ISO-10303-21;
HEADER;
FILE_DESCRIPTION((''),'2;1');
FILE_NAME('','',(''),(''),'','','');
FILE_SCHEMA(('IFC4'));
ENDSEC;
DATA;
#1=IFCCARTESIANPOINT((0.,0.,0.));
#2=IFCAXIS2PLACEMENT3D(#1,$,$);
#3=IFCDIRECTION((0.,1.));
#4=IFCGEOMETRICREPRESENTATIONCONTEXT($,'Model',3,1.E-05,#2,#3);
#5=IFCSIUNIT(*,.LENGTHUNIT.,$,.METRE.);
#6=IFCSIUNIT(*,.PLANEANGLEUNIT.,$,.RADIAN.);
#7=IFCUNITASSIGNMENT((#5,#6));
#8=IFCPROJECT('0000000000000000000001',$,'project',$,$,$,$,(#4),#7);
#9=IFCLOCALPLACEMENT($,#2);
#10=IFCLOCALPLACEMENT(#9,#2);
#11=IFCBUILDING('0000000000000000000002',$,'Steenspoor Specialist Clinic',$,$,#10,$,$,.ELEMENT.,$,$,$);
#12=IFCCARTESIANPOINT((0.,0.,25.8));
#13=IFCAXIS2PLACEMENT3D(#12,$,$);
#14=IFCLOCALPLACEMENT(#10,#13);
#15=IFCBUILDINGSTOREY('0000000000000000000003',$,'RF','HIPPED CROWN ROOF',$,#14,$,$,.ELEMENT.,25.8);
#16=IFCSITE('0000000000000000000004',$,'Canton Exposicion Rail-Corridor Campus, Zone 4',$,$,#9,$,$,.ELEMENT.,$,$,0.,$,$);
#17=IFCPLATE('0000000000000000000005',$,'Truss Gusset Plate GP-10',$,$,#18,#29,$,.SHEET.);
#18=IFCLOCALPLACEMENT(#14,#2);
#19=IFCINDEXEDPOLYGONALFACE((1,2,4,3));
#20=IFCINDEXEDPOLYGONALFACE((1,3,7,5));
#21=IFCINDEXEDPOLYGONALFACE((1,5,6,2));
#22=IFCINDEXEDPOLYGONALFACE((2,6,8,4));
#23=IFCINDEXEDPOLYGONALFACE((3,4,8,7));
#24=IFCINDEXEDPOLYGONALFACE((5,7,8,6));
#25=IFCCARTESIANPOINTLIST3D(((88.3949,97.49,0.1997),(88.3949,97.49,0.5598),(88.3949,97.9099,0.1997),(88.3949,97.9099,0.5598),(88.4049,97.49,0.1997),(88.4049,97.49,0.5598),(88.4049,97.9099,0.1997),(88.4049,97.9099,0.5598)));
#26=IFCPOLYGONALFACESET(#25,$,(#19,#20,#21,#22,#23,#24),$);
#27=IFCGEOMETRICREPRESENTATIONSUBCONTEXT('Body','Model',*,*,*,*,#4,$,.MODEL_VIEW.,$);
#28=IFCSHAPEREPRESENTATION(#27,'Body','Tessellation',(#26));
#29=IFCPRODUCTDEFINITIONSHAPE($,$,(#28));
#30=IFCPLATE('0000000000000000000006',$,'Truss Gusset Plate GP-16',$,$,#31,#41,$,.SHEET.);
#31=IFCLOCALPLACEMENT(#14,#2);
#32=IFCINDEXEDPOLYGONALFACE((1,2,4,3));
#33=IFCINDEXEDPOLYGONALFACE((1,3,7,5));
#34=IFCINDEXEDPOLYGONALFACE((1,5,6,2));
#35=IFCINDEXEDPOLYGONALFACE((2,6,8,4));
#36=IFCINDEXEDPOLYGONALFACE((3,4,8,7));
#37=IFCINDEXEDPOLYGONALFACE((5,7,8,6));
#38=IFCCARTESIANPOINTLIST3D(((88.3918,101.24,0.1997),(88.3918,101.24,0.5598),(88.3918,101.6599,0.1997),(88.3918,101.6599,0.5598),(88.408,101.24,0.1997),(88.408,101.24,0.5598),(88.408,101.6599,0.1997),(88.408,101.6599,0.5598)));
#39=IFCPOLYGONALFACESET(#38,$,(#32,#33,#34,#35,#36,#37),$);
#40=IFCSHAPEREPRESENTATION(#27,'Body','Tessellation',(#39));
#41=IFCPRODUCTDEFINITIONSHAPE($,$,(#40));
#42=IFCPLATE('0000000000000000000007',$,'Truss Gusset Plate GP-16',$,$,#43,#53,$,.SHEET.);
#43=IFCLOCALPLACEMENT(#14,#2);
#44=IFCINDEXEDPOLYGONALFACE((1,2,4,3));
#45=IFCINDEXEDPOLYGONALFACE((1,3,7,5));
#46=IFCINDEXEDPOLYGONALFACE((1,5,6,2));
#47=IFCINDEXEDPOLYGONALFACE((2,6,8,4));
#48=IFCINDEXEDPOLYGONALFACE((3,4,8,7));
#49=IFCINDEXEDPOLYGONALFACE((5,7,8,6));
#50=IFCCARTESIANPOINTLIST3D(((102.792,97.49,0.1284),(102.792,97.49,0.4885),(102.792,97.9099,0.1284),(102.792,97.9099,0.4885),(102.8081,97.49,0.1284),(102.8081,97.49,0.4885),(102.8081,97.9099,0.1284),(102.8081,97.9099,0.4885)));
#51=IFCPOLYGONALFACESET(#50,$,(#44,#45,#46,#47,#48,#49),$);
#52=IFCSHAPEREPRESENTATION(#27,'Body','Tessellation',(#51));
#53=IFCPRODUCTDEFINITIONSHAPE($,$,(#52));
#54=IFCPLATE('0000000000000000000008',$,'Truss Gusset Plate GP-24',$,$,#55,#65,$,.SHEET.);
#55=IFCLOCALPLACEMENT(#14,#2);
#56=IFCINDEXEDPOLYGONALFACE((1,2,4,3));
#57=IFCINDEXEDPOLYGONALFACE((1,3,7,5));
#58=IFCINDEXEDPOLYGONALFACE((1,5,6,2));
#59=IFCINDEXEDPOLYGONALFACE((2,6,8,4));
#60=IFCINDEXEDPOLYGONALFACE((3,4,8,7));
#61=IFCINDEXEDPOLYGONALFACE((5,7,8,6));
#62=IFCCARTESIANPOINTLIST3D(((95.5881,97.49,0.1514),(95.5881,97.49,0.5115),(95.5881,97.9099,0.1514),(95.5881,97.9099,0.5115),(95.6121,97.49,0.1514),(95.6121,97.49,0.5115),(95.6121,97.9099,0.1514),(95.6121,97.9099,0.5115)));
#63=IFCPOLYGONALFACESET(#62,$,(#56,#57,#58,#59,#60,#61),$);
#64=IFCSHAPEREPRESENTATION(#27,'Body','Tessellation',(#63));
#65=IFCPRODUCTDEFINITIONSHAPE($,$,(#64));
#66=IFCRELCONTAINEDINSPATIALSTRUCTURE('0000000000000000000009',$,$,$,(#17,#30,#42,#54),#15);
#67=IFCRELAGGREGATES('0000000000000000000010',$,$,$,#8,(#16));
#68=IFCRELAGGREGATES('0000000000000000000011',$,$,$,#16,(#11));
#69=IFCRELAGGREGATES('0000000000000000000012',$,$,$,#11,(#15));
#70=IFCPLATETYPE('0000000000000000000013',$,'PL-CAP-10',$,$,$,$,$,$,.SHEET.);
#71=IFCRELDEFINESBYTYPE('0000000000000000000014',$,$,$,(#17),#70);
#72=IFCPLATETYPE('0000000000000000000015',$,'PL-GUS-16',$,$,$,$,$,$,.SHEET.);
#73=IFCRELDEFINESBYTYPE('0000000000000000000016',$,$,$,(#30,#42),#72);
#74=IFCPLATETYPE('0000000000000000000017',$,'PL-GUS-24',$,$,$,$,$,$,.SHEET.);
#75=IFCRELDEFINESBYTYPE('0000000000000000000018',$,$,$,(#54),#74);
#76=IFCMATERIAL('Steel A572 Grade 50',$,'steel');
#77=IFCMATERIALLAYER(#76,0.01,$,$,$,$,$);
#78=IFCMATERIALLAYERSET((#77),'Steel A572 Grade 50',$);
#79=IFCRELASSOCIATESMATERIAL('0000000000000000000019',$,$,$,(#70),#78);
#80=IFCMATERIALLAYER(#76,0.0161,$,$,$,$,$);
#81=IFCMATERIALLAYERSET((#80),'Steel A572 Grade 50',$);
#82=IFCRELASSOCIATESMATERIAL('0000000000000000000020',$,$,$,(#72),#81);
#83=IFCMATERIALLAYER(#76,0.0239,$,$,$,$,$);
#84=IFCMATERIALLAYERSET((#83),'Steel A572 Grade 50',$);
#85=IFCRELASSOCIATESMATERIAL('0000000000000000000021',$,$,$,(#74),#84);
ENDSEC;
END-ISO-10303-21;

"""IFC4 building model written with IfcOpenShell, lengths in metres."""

from ifc_helpers import new_model, si_unit, direction, frame, origin, origin_2d, place, context, subcontext, project, spatial, rectangle, extrude, material, layer, layer_set, type_object, element, save


model = new_model("IFC4")

# Units and contexts
model_context = context("Model", 3, precision=1e-05, world=origin(), true_north=direction((0.0, 1.0)))
body_context = subcontext(model_context, "Body", "Model", "MODEL_VIEW")
ifc_project = project(units=[si_unit("LENGTHUNIT", "METRE"), si_unit("PLANEANGLEUNIT", "RADIAN")], contexts=[model_context])

# Site, building, storey
site_placement = place(None, origin())
site = spatial("IfcSite", under=ifc_project, at=site_placement, Name="Canton Exposicion Rail-Corridor Campus, Zone 4", CompositionType="ELEMENT", RefElevation=0.0)
building_placement = place(site_placement, origin())
building = spatial("IfcBuilding", under=site, at=building_placement, Name="Steenspoor Specialist Clinic", CompositionType="ELEMENT")
storey_placement = place(building_placement, frame((0.0, 0.0, 25.8)))
storey = spatial("IfcBuildingStorey", under=building, at=storey_placement, Name="RF", Description="HIPPED CROWN ROOF", CompositionType="ELEMENT", Elevation=25.8)

# Plates
ifc_material_1 = material(Name="Steel A572 Grade 50", Category="steel")
ifc_layer_1 = layer(ifc_material_1, 0.01)
ifc_layer_set_1 = layer_set([ifc_layer_1], Name="Steel A572 Grade 50")
plate_type_1 = type_object("IfcPlateType", Name="PL-CAP-10", PredefinedType="SHEET", material=ifc_layer_set_1)
plate_1_placement = place(storey_placement, frame((88.3999, 97.7, 0.1997), z_axis=(0.0, 0.0, 1.0), x_axis=(1.0, 0.0, 0.0)))
element("IfcPlate", 1, at=plate_1_placement, inside=storey, type_object=plate_type_1, Name="Truss Gusset Plate GP-10", PredefinedType="SHEET", context=body_context, shape_type="SweptSolid", body=[
    extrude(rectangle(XDim=0.01, YDim=0.4199, at=origin_2d()), origin(), (0.0, 0.0, 1.0), 0.3601),
])
ifc_layer_2 = layer(ifc_material_1, 0.0161)
ifc_layer_set_2 = layer_set([ifc_layer_2], Name="Steel A572 Grade 50")
plate_type_2 = type_object("IfcPlateType", Name="PL-GUS-16", PredefinedType="SHEET", material=ifc_layer_set_2)
for number, where, z_axis, x_axis, name in (
    (2, (88.3999, 101.45, 0.1997), (0.0, 0.0, 1.0), (1.0, 0.0, 0.0), "Truss Gusset Plate GP-16"),
    (3, (102.8, 97.7, 0.1284), (0.0, 0.0, 1.0), (1.0, 0.0, 0.0), "Truss Gusset Plate GP-16"),
):
    element("IfcPlate", number, at=place(storey_placement, frame(where, z_axis=z_axis, x_axis=x_axis)), inside=storey, type_object=plate_type_2, Name=name, PredefinedType="SHEET", context=body_context, shape_type="SweptSolid", body=[
        extrude(rectangle(XDim=0.0161, YDim=0.4199, at=origin_2d()), origin(), (0.0, 0.0, 1.0), 0.3601),
    ])
ifc_layer_3 = layer(ifc_material_1, 0.0239)
ifc_layer_set_3 = layer_set([ifc_layer_3], Name="Steel A572 Grade 50")
plate_type_3 = type_object("IfcPlateType", Name="PL-GUS-24", PredefinedType="SHEET", material=ifc_layer_set_3)
plate_2_placement = place(storey_placement, frame((95.6001, 97.7, 0.1514), z_axis=(0.0, 0.0, 1.0), x_axis=(1.0, 0.0, 0.0)))
element("IfcPlate", 4, at=plate_2_placement, inside=storey, type_object=plate_type_3, Name="Truss Gusset Plate GP-24", PredefinedType="SHEET", context=body_context, shape_type="SweptSolid", body=[
    extrude(rectangle(XDim=0.0239, YDim=0.4199, at=origin_2d()), origin(), (0.0, 0.0, 1.0), 0.3601),
])

save(model, "model.ifc")
